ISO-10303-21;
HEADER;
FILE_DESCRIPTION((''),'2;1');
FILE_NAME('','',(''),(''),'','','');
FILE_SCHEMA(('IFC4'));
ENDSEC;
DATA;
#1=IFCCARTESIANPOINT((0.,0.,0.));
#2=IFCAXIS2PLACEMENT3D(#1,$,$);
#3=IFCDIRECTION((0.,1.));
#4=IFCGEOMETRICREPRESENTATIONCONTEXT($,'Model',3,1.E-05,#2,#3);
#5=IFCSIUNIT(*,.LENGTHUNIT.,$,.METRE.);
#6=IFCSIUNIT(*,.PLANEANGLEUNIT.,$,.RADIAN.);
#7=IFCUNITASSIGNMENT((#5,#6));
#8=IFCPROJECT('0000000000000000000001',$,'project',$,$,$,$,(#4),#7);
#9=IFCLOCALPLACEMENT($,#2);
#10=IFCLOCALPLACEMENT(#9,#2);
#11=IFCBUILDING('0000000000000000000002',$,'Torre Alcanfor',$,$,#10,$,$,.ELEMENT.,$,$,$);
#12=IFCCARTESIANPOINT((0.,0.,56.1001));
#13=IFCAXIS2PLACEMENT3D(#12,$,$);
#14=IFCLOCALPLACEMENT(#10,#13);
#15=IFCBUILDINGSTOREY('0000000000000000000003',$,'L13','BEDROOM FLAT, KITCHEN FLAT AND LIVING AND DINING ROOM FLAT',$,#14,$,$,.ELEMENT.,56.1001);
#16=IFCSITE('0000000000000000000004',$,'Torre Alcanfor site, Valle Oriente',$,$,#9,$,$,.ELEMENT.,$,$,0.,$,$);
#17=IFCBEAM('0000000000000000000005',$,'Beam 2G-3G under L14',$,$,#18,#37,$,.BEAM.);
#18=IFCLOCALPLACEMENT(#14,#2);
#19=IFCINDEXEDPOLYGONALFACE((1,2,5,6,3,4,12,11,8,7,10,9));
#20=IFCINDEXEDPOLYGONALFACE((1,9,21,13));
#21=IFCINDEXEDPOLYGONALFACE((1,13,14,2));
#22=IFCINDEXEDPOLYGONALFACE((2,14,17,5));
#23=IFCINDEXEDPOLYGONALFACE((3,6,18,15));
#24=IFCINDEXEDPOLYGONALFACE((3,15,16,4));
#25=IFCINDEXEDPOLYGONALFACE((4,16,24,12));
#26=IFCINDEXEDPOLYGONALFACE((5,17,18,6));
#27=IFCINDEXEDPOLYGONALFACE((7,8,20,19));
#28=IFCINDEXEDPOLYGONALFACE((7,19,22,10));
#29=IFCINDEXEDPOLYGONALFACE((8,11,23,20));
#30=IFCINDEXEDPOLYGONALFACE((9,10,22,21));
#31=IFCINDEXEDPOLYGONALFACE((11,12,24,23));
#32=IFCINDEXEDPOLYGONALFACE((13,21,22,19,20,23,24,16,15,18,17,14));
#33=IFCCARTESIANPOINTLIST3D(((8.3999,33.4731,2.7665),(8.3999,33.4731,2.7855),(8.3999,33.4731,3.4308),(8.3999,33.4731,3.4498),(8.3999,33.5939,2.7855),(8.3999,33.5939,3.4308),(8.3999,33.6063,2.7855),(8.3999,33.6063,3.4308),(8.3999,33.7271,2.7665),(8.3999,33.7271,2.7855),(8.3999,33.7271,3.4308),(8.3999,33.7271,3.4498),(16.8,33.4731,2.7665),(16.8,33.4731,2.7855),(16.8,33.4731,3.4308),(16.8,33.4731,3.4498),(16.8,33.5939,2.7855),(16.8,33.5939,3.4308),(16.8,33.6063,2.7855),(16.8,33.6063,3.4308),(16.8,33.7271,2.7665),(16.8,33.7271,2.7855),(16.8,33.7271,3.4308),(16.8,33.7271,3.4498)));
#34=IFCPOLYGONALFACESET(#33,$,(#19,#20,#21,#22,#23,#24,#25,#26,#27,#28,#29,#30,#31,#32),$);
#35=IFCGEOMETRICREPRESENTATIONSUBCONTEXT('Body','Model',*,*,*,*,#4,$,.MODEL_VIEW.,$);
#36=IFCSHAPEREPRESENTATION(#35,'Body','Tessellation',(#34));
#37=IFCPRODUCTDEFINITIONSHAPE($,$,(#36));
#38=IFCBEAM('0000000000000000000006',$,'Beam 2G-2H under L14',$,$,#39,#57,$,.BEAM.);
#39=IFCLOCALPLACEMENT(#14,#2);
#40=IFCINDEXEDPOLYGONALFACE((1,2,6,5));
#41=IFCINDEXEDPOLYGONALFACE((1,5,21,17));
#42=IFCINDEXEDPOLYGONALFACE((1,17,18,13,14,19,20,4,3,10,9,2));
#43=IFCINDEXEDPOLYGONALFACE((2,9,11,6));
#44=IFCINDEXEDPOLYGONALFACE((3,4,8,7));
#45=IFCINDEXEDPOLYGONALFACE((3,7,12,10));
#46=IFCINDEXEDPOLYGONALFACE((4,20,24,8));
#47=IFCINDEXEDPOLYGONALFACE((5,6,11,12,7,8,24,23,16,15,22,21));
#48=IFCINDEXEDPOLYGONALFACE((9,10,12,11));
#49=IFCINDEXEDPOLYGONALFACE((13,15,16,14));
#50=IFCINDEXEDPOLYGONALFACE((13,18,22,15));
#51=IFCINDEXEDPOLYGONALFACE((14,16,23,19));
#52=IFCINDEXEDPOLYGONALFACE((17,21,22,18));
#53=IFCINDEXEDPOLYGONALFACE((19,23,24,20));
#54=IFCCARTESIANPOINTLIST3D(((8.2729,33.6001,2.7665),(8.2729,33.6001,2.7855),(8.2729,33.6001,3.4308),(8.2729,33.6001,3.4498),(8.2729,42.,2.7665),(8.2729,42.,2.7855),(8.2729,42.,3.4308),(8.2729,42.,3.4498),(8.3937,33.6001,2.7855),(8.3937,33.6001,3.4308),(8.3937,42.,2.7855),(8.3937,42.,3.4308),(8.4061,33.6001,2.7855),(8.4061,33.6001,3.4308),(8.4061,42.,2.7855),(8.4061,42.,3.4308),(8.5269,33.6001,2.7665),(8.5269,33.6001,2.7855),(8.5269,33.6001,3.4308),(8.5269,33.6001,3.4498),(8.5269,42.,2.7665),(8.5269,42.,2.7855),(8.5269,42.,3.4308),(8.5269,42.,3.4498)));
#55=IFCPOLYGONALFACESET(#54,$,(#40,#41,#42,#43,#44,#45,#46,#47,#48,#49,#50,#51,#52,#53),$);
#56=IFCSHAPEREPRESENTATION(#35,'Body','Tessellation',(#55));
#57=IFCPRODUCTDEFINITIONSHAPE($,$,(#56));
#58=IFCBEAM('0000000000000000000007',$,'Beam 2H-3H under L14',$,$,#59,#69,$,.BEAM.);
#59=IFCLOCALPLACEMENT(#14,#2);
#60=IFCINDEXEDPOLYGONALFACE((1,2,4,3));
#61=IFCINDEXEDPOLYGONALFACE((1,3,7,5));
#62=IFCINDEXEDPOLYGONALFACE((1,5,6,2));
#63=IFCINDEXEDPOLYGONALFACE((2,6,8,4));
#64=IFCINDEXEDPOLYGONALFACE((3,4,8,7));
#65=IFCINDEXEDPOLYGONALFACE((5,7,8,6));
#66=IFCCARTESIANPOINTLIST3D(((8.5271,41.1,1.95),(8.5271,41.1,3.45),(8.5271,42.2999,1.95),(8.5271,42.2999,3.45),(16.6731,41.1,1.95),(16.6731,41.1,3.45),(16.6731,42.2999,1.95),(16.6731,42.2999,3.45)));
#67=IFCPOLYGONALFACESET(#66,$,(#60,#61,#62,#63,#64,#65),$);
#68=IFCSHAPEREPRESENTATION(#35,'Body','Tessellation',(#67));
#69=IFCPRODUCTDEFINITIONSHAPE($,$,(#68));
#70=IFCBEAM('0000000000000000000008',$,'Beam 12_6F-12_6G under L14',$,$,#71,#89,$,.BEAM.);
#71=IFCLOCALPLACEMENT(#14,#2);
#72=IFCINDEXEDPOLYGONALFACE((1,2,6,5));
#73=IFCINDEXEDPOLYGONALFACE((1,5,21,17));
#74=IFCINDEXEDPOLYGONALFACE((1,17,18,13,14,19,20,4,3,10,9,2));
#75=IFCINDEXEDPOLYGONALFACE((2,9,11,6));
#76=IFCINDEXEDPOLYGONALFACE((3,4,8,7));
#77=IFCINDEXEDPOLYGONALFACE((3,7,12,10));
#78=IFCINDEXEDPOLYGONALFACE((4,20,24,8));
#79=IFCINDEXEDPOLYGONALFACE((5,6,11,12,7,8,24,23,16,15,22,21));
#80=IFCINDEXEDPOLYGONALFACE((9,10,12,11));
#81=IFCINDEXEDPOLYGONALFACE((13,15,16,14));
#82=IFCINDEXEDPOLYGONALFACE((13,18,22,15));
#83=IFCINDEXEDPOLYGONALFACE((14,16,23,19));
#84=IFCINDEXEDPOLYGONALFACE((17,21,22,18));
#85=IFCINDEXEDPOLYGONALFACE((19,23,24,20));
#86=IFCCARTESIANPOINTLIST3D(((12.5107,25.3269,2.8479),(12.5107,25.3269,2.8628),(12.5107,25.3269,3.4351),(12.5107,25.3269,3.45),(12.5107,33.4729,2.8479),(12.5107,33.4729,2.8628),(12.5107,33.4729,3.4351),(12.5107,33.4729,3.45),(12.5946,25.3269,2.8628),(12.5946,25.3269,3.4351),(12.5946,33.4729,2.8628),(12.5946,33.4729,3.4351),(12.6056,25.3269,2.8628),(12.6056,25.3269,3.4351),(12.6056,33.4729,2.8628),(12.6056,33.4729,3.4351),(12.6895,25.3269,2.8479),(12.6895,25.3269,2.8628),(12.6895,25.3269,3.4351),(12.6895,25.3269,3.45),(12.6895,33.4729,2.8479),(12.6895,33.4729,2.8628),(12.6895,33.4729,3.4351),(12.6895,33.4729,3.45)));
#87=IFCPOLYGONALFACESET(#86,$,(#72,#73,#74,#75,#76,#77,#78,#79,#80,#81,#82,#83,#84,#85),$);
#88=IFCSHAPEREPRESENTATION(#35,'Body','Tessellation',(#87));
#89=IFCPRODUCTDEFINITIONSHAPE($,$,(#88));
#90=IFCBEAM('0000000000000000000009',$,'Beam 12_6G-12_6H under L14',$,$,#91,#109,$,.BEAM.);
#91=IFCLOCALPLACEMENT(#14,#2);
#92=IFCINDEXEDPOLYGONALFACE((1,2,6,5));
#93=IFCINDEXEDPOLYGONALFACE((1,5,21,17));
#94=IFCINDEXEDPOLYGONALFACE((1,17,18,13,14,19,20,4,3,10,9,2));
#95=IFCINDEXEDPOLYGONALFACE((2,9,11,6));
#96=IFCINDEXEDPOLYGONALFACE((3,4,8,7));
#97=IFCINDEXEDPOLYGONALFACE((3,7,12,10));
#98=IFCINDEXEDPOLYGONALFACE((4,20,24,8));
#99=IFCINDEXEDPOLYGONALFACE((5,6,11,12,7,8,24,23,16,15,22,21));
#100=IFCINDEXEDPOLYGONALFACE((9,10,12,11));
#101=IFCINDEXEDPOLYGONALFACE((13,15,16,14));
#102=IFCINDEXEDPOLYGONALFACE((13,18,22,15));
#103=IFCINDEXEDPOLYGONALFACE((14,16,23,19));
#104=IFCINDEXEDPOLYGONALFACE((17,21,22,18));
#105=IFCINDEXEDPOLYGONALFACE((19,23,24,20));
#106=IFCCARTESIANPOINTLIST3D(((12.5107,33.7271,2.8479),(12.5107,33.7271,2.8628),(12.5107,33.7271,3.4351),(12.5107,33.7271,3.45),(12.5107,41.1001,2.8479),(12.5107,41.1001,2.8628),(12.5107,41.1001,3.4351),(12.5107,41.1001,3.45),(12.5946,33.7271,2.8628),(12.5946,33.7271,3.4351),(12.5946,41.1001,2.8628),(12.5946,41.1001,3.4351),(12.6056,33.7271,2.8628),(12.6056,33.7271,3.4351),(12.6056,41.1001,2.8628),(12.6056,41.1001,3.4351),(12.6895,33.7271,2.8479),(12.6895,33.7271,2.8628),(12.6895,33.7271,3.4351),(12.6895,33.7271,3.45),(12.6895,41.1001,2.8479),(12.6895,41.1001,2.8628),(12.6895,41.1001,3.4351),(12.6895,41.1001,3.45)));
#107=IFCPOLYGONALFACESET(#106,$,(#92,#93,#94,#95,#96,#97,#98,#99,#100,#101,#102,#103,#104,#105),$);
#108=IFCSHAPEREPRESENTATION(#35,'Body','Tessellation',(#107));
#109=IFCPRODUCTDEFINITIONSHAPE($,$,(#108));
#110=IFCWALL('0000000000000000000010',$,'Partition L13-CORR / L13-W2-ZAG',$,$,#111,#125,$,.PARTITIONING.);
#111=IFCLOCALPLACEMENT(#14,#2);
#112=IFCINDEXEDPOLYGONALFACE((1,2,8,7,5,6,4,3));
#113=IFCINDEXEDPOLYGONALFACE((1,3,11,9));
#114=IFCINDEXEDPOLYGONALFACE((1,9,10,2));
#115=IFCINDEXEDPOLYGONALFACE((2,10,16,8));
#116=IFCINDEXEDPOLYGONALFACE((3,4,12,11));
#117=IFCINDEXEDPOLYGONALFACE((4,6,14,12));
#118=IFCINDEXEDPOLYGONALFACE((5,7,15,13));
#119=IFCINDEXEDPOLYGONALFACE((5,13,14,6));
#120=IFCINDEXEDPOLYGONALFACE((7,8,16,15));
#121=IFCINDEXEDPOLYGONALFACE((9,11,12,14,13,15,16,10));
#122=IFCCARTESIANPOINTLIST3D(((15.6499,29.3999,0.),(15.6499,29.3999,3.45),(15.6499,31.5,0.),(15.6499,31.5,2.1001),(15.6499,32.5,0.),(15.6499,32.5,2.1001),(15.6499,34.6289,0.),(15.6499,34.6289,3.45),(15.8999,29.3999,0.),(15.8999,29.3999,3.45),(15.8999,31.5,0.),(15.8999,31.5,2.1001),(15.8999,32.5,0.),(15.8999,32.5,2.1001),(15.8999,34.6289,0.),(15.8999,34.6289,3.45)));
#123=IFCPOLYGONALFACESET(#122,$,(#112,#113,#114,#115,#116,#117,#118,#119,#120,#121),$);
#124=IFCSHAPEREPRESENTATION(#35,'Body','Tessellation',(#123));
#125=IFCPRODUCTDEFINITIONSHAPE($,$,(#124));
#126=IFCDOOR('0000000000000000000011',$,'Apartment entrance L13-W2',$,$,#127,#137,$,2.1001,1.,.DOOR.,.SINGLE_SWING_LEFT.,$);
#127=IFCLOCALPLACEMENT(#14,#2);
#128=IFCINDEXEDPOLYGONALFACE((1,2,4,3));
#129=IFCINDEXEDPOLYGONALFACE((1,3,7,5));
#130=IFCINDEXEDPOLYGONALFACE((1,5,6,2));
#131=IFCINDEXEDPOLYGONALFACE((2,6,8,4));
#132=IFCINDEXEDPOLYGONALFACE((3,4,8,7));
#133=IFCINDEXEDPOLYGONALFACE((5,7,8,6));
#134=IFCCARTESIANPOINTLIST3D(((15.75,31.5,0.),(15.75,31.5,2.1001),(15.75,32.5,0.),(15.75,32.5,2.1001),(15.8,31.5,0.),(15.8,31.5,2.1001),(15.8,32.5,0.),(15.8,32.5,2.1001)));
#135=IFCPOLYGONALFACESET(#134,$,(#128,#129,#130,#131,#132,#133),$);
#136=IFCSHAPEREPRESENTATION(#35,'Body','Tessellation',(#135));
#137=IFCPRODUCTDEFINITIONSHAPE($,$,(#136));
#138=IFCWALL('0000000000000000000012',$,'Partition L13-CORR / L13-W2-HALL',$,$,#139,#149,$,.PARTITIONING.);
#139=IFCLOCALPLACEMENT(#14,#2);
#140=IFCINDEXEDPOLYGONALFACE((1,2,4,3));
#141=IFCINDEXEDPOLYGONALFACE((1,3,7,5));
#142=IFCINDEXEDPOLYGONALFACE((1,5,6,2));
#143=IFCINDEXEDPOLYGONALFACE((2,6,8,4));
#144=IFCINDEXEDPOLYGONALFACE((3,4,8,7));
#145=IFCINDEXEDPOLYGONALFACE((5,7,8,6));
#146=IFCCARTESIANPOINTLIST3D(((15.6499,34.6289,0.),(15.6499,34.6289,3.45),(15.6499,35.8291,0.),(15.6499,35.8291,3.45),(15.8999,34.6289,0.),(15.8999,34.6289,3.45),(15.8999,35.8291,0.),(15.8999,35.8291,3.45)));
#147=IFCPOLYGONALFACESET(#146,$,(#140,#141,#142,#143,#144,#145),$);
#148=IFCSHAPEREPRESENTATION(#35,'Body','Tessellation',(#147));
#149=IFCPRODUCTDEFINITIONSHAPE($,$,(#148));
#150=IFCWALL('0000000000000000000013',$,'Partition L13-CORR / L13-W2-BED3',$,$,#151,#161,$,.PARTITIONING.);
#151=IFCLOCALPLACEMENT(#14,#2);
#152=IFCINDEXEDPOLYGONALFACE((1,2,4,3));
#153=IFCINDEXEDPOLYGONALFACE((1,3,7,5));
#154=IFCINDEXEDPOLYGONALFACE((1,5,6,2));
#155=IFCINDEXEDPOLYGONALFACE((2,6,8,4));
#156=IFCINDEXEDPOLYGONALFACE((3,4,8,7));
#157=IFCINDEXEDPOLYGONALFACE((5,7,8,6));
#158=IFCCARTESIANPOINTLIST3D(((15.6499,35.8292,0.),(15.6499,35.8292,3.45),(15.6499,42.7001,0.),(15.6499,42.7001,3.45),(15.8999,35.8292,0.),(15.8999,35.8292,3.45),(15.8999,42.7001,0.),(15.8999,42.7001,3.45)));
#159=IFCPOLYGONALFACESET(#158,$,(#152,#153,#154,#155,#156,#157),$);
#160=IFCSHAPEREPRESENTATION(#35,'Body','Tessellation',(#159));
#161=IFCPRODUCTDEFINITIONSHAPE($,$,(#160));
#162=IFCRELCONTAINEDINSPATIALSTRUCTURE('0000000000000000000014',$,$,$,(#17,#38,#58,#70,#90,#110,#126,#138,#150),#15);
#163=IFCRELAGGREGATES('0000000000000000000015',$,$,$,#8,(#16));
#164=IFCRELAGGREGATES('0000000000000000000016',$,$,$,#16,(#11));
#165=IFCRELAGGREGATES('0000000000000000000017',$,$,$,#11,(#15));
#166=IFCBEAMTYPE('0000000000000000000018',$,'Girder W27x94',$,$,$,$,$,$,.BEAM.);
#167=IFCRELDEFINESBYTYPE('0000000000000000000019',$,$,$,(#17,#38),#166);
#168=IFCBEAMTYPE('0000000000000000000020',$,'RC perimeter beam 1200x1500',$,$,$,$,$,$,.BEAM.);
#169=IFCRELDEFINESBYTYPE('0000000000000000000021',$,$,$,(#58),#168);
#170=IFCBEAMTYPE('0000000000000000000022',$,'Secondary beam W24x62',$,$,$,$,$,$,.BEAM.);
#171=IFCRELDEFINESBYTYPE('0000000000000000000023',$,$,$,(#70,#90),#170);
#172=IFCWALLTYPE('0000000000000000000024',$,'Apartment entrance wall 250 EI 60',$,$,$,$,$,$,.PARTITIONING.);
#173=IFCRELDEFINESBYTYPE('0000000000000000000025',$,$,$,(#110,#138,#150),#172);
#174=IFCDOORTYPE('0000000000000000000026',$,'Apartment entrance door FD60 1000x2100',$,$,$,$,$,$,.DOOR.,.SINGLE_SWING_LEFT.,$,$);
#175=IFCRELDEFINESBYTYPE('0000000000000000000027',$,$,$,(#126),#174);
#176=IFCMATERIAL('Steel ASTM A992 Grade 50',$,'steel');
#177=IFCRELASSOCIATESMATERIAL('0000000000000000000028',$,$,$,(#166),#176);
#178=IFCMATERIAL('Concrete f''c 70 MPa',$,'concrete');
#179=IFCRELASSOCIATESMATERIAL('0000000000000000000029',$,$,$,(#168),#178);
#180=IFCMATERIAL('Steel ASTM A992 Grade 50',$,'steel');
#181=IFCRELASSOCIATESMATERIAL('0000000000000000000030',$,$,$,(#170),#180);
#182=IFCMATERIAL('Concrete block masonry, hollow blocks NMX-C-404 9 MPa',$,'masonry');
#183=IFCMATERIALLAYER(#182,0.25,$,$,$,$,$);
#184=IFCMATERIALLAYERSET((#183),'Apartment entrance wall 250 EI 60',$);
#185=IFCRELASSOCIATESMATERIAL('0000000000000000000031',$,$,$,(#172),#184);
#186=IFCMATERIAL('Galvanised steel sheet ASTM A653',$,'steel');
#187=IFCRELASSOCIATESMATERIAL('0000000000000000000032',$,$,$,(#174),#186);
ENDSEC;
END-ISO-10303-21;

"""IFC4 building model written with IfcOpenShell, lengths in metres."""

from ifc_helpers import new_model, si_unit, direction, frame, frame_2d, origin, origin_2d, place, context, subcontext, project, spatial, rectangle, i_section, extrude, material, layer, layer_set, material_profile, profile_set, type_object, element, fill, save


model = new_model("IFC4")

# Units and contexts
model_context = context("Model", 3, precision=1e-05, world=origin(), true_north=direction((0.0, 1.0)))
body_context = subcontext(model_context, "Body", "Model", "MODEL_VIEW")
ifc_project = project(units=[si_unit("LENGTHUNIT", "METRE"), si_unit("PLANEANGLEUNIT", "RADIAN")], contexts=[model_context])

# Site, building, storey
site_placement = place(None, origin())
site = spatial("IfcSite", under=ifc_project, at=site_placement, Name="Torre Alcanfor site, Valle Oriente", CompositionType="ELEMENT", RefElevation=0.0)
building_placement = place(site_placement, origin())
building = spatial("IfcBuilding", under=site, at=building_placement, Name="Torre Alcanfor", CompositionType="ELEMENT")
storey_placement = place(building_placement, frame((0.0, 0.0, 56.1001)))
storey = spatial("IfcBuildingStorey", under=building, at=storey_placement, Name="L13", Description="BEDROOM FLAT, KITCHEN FLAT AND LIVING AND DINING ROOM FLAT", CompositionType="ELEMENT", Elevation=56.1001)

# Beams
ifc_material_1 = material(Name="Steel ASTM A992 Grade 50", Category="steel")
ifc_material_profile_1 = material_profile(ifc_material_1, i_section(OverallWidth=0.2539, OverallDepth=0.6833, WebThickness=0.0125, FlangeThickness=0.019, at=origin_2d()), Name="W27x94")
ifc_profile_set_1 = profile_set([ifc_material_profile_1], Name="Steel ASTM A992 Grade 50")
beam_type_1 = type_object("IfcBeamType", Name="Girder W27x94", PredefinedType="BEAM", material=ifc_profile_set_1)
beam_1_placement = place(storey_placement, frame((8.3999, 33.6001, 3.1082), z_axis=(1.0, 0.0, 0.0), x_axis=(0.0, 1.0, 0.0)))
element("IfcBeam", 1, at=beam_1_placement, inside=storey, type_object=beam_type_1, Name="Beam 2G-3G under L14", PredefinedType="BEAM", context=body_context, shape_type="SweptSolid", body=[
    extrude(i_section(OverallWidth=0.2539, OverallDepth=0.6833, WebThickness=0.0125, FlangeThickness=0.019, at=origin_2d()), origin(), (0.0, 0.0, 1.0), 8.4001),
])
beam_2_placement = place(storey_placement, frame((8.3999, 33.6001, 3.1082), z_axis=(0.0, 1.0, 0.0), x_axis=(-1.0, 0.0, 0.0)))
element("IfcBeam", 2, at=beam_2_placement, inside=storey, type_object=beam_type_1, Name="Beam 2G-2H under L14", PredefinedType="BEAM", context=body_context, shape_type="SweptSolid", body=[
    extrude(i_section(OverallWidth=0.2539, OverallDepth=0.6833, WebThickness=0.0125, FlangeThickness=0.019, at=origin_2d()), origin(), (0.0, 0.0, 1.0), 8.3999),
])
ifc_material_2 = material(Name="Concrete f'c 70 MPa", Category="concrete")
ifc_material_profile_2 = material_profile(ifc_material_2, rectangle(XDim=1.2, YDim=1.5, at=origin_2d()), Name="1200x1500")
ifc_profile_set_2 = profile_set([ifc_material_profile_2], Name="Concrete f'c 70 MPa")
beam_type_2 = type_object("IfcBeamType", Name="RC perimeter beam 1200x1500", PredefinedType="BEAM", material=ifc_profile_set_2)
beam_3_placement = place(storey_placement, frame((8.5271, 41.7, 2.7), z_axis=(1.0, 0.0, 0.0), x_axis=(0.0, 1.0, 0.0)))
element("IfcBeam", 3, at=beam_3_placement, inside=storey, type_object=beam_type_2, Name="Beam 2H-3H under L14", PredefinedType="BEAM", context=body_context, shape_type="SweptSolid", body=[
    extrude(rectangle(XDim=1.2, YDim=1.5, at=origin_2d()), origin(), (0.0, 0.0, 1.0), 8.146),
])
ifc_material_3 = material(Name="Steel ASTM A992 Grade 50", Category="steel")
ifc_material_profile_3 = material_profile(ifc_material_3, i_section(OverallWidth=0.1787, OverallDepth=0.6021, WebThickness=0.011, FlangeThickness=0.0149, at=origin_2d()), Name="W24x62")
ifc_profile_set_3 = profile_set([ifc_material_profile_3], Name="Steel ASTM A992 Grade 50")
beam_type_3 = type_object("IfcBeamType", Name="Secondary beam W24x62", PredefinedType="BEAM", material=ifc_profile_set_3)
beam_4_placement = place(storey_placement, frame((12.6001, 25.3269, 3.1489), z_axis=(0.0, 1.0, 0.0), x_axis=(-1.0, 0.0, 0.0)))
element("IfcBeam", 4, at=beam_4_placement, inside=storey, type_object=beam_type_3, Name="Beam 12_6F-12_6G under L14", PredefinedType="BEAM", context=body_context, shape_type="SweptSolid", body=[
    extrude(i_section(OverallWidth=0.1787, OverallDepth=0.6021, WebThickness=0.011, FlangeThickness=0.0149, at=origin_2d()), origin(), (0.0, 0.0, 1.0), 8.146),
])
beam_5_placement = place(storey_placement, frame((12.6001, 33.7271, 3.1489), z_axis=(0.0, 1.0, 0.0), x_axis=(-1.0, 0.0, 0.0)))
element("IfcBeam", 5, at=beam_5_placement, inside=storey, type_object=beam_type_3, Name="Beam 12_6G-12_6H under L14", PredefinedType="BEAM", context=body_context, shape_type="SweptSolid", body=[
    extrude(i_section(OverallWidth=0.1787, OverallDepth=0.6021, WebThickness=0.011, FlangeThickness=0.0149, at=origin_2d()), origin(), (0.0, 0.0, 1.0), 7.373),
])

# Wall, opening, door
ifc_material_4 = material(Name="Concrete block masonry, hollow blocks NMX-C-404 9 MPa", Category="masonry")
ifc_layer_1 = layer(ifc_material_4, 0.25)
ifc_layer_set_1 = layer_set([ifc_layer_1], Name="Apartment entrance wall 250 EI 60")
wall_type_1 = type_object("IfcWallType", Name="Apartment entrance wall 250 EI 60", PredefinedType="PARTITIONING", material=ifc_layer_set_1)
wall_1_placement = place(storey_placement, frame((15.7749, 29.3999, 0.0), z_axis=(0.0, 0.0, 1.0), x_axis=(0.0, 1.0, 0.0)))
wall_1 = element("IfcWall", 6, at=wall_1_placement, inside=storey, type_object=wall_type_1, Name="Partition L13-CORR / L13-W2-ZAG", PredefinedType="PARTITIONING", context=body_context, shape_type="SweptSolid", body=[
    extrude(rectangle(XDim=5.229, YDim=0.25, at=frame_2d((2.6145, 0.0))), origin(), (0.0, 0.0, 1.0), 3.45),
])
opening_1_placement = place(wall_1_placement, frame((2.1001, 0.0, 0.0)))
opening_1 = element("IfcOpeningElement", 7, at=opening_1_placement, cuts=wall_1, PredefinedType="OPENING", context=body_context, shape_type="SweptSolid", body=[
    extrude(rectangle(XDim=1.0, YDim=2.1001, at=frame_2d((0.5, 1.05))), frame((0.0, 0.135, 0.0), z_axis=(0.0, -1.0, 0.0), x_axis=(1.0, 0.0, 0.0)), (0.0, 0.0, 1.0), 0.27),
])
ifc_material_5 = material(Name="Galvanised steel sheet ASTM A653", Category="steel")
door_type_1 = type_object("IfcDoorType", Name="Apartment entrance door FD60 1000x2100", OperationType="SINGLE_SWING_LEFT", PredefinedType="DOOR", material=ifc_material_5)
door_1_placement = place(opening_1_placement, origin())
door_1 = element("IfcDoor", 8, at=door_1_placement, inside=storey, type_object=door_type_1, Name="Apartment entrance L13-W2", OperationType="SINGLE_SWING_LEFT", OverallHeight=2.1001, OverallWidth=1.0, PredefinedType="DOOR", context=body_context, shape_type="SweptSolid", body=[
    extrude(rectangle(XDim=1.0, YDim=2.1001, at=frame_2d((0.5, 1.05))), frame((0.0, 0.0249, 0.0), z_axis=(0.0, -1.0, 0.0), x_axis=(1.0, 0.0, 0.0)), (0.0, 0.0, 1.0), 0.05),
])
fill(opening_1, door_1)

# Walls
wall_2_placement = place(storey_placement, frame((15.7749, 34.6289, 0.0), z_axis=(0.0, 0.0, 1.0), x_axis=(0.0, 1.0, 0.0)))
element("IfcWall", 9, at=wall_2_placement, inside=storey, type_object=wall_type_1, Name="Partition L13-CORR / L13-W2-HALL", PredefinedType="PARTITIONING", context=body_context, shape_type="SweptSolid", body=[
    extrude(rectangle(XDim=1.2002, YDim=0.25, at=frame_2d((0.6001, 0.0))), origin(), (0.0, 0.0, 1.0), 3.45),
])
wall_3_placement = place(storey_placement, frame((15.7749, 35.8291, 0.0), z_axis=(0.0, 0.0, 1.0), x_axis=(0.0, 1.0, 0.0)))
element("IfcWall", 10, at=wall_3_placement, inside=storey, type_object=wall_type_1, Name="Partition L13-CORR / L13-W2-BED3", PredefinedType="PARTITIONING", context=body_context, shape_type="SweptSolid", body=[
    extrude(rectangle(XDim=6.8708, YDim=0.25, at=frame_2d((3.4355, 0.0))), origin(), (0.0, 0.0, 1.0), 3.45),
])

save(model, "model.ifc")
